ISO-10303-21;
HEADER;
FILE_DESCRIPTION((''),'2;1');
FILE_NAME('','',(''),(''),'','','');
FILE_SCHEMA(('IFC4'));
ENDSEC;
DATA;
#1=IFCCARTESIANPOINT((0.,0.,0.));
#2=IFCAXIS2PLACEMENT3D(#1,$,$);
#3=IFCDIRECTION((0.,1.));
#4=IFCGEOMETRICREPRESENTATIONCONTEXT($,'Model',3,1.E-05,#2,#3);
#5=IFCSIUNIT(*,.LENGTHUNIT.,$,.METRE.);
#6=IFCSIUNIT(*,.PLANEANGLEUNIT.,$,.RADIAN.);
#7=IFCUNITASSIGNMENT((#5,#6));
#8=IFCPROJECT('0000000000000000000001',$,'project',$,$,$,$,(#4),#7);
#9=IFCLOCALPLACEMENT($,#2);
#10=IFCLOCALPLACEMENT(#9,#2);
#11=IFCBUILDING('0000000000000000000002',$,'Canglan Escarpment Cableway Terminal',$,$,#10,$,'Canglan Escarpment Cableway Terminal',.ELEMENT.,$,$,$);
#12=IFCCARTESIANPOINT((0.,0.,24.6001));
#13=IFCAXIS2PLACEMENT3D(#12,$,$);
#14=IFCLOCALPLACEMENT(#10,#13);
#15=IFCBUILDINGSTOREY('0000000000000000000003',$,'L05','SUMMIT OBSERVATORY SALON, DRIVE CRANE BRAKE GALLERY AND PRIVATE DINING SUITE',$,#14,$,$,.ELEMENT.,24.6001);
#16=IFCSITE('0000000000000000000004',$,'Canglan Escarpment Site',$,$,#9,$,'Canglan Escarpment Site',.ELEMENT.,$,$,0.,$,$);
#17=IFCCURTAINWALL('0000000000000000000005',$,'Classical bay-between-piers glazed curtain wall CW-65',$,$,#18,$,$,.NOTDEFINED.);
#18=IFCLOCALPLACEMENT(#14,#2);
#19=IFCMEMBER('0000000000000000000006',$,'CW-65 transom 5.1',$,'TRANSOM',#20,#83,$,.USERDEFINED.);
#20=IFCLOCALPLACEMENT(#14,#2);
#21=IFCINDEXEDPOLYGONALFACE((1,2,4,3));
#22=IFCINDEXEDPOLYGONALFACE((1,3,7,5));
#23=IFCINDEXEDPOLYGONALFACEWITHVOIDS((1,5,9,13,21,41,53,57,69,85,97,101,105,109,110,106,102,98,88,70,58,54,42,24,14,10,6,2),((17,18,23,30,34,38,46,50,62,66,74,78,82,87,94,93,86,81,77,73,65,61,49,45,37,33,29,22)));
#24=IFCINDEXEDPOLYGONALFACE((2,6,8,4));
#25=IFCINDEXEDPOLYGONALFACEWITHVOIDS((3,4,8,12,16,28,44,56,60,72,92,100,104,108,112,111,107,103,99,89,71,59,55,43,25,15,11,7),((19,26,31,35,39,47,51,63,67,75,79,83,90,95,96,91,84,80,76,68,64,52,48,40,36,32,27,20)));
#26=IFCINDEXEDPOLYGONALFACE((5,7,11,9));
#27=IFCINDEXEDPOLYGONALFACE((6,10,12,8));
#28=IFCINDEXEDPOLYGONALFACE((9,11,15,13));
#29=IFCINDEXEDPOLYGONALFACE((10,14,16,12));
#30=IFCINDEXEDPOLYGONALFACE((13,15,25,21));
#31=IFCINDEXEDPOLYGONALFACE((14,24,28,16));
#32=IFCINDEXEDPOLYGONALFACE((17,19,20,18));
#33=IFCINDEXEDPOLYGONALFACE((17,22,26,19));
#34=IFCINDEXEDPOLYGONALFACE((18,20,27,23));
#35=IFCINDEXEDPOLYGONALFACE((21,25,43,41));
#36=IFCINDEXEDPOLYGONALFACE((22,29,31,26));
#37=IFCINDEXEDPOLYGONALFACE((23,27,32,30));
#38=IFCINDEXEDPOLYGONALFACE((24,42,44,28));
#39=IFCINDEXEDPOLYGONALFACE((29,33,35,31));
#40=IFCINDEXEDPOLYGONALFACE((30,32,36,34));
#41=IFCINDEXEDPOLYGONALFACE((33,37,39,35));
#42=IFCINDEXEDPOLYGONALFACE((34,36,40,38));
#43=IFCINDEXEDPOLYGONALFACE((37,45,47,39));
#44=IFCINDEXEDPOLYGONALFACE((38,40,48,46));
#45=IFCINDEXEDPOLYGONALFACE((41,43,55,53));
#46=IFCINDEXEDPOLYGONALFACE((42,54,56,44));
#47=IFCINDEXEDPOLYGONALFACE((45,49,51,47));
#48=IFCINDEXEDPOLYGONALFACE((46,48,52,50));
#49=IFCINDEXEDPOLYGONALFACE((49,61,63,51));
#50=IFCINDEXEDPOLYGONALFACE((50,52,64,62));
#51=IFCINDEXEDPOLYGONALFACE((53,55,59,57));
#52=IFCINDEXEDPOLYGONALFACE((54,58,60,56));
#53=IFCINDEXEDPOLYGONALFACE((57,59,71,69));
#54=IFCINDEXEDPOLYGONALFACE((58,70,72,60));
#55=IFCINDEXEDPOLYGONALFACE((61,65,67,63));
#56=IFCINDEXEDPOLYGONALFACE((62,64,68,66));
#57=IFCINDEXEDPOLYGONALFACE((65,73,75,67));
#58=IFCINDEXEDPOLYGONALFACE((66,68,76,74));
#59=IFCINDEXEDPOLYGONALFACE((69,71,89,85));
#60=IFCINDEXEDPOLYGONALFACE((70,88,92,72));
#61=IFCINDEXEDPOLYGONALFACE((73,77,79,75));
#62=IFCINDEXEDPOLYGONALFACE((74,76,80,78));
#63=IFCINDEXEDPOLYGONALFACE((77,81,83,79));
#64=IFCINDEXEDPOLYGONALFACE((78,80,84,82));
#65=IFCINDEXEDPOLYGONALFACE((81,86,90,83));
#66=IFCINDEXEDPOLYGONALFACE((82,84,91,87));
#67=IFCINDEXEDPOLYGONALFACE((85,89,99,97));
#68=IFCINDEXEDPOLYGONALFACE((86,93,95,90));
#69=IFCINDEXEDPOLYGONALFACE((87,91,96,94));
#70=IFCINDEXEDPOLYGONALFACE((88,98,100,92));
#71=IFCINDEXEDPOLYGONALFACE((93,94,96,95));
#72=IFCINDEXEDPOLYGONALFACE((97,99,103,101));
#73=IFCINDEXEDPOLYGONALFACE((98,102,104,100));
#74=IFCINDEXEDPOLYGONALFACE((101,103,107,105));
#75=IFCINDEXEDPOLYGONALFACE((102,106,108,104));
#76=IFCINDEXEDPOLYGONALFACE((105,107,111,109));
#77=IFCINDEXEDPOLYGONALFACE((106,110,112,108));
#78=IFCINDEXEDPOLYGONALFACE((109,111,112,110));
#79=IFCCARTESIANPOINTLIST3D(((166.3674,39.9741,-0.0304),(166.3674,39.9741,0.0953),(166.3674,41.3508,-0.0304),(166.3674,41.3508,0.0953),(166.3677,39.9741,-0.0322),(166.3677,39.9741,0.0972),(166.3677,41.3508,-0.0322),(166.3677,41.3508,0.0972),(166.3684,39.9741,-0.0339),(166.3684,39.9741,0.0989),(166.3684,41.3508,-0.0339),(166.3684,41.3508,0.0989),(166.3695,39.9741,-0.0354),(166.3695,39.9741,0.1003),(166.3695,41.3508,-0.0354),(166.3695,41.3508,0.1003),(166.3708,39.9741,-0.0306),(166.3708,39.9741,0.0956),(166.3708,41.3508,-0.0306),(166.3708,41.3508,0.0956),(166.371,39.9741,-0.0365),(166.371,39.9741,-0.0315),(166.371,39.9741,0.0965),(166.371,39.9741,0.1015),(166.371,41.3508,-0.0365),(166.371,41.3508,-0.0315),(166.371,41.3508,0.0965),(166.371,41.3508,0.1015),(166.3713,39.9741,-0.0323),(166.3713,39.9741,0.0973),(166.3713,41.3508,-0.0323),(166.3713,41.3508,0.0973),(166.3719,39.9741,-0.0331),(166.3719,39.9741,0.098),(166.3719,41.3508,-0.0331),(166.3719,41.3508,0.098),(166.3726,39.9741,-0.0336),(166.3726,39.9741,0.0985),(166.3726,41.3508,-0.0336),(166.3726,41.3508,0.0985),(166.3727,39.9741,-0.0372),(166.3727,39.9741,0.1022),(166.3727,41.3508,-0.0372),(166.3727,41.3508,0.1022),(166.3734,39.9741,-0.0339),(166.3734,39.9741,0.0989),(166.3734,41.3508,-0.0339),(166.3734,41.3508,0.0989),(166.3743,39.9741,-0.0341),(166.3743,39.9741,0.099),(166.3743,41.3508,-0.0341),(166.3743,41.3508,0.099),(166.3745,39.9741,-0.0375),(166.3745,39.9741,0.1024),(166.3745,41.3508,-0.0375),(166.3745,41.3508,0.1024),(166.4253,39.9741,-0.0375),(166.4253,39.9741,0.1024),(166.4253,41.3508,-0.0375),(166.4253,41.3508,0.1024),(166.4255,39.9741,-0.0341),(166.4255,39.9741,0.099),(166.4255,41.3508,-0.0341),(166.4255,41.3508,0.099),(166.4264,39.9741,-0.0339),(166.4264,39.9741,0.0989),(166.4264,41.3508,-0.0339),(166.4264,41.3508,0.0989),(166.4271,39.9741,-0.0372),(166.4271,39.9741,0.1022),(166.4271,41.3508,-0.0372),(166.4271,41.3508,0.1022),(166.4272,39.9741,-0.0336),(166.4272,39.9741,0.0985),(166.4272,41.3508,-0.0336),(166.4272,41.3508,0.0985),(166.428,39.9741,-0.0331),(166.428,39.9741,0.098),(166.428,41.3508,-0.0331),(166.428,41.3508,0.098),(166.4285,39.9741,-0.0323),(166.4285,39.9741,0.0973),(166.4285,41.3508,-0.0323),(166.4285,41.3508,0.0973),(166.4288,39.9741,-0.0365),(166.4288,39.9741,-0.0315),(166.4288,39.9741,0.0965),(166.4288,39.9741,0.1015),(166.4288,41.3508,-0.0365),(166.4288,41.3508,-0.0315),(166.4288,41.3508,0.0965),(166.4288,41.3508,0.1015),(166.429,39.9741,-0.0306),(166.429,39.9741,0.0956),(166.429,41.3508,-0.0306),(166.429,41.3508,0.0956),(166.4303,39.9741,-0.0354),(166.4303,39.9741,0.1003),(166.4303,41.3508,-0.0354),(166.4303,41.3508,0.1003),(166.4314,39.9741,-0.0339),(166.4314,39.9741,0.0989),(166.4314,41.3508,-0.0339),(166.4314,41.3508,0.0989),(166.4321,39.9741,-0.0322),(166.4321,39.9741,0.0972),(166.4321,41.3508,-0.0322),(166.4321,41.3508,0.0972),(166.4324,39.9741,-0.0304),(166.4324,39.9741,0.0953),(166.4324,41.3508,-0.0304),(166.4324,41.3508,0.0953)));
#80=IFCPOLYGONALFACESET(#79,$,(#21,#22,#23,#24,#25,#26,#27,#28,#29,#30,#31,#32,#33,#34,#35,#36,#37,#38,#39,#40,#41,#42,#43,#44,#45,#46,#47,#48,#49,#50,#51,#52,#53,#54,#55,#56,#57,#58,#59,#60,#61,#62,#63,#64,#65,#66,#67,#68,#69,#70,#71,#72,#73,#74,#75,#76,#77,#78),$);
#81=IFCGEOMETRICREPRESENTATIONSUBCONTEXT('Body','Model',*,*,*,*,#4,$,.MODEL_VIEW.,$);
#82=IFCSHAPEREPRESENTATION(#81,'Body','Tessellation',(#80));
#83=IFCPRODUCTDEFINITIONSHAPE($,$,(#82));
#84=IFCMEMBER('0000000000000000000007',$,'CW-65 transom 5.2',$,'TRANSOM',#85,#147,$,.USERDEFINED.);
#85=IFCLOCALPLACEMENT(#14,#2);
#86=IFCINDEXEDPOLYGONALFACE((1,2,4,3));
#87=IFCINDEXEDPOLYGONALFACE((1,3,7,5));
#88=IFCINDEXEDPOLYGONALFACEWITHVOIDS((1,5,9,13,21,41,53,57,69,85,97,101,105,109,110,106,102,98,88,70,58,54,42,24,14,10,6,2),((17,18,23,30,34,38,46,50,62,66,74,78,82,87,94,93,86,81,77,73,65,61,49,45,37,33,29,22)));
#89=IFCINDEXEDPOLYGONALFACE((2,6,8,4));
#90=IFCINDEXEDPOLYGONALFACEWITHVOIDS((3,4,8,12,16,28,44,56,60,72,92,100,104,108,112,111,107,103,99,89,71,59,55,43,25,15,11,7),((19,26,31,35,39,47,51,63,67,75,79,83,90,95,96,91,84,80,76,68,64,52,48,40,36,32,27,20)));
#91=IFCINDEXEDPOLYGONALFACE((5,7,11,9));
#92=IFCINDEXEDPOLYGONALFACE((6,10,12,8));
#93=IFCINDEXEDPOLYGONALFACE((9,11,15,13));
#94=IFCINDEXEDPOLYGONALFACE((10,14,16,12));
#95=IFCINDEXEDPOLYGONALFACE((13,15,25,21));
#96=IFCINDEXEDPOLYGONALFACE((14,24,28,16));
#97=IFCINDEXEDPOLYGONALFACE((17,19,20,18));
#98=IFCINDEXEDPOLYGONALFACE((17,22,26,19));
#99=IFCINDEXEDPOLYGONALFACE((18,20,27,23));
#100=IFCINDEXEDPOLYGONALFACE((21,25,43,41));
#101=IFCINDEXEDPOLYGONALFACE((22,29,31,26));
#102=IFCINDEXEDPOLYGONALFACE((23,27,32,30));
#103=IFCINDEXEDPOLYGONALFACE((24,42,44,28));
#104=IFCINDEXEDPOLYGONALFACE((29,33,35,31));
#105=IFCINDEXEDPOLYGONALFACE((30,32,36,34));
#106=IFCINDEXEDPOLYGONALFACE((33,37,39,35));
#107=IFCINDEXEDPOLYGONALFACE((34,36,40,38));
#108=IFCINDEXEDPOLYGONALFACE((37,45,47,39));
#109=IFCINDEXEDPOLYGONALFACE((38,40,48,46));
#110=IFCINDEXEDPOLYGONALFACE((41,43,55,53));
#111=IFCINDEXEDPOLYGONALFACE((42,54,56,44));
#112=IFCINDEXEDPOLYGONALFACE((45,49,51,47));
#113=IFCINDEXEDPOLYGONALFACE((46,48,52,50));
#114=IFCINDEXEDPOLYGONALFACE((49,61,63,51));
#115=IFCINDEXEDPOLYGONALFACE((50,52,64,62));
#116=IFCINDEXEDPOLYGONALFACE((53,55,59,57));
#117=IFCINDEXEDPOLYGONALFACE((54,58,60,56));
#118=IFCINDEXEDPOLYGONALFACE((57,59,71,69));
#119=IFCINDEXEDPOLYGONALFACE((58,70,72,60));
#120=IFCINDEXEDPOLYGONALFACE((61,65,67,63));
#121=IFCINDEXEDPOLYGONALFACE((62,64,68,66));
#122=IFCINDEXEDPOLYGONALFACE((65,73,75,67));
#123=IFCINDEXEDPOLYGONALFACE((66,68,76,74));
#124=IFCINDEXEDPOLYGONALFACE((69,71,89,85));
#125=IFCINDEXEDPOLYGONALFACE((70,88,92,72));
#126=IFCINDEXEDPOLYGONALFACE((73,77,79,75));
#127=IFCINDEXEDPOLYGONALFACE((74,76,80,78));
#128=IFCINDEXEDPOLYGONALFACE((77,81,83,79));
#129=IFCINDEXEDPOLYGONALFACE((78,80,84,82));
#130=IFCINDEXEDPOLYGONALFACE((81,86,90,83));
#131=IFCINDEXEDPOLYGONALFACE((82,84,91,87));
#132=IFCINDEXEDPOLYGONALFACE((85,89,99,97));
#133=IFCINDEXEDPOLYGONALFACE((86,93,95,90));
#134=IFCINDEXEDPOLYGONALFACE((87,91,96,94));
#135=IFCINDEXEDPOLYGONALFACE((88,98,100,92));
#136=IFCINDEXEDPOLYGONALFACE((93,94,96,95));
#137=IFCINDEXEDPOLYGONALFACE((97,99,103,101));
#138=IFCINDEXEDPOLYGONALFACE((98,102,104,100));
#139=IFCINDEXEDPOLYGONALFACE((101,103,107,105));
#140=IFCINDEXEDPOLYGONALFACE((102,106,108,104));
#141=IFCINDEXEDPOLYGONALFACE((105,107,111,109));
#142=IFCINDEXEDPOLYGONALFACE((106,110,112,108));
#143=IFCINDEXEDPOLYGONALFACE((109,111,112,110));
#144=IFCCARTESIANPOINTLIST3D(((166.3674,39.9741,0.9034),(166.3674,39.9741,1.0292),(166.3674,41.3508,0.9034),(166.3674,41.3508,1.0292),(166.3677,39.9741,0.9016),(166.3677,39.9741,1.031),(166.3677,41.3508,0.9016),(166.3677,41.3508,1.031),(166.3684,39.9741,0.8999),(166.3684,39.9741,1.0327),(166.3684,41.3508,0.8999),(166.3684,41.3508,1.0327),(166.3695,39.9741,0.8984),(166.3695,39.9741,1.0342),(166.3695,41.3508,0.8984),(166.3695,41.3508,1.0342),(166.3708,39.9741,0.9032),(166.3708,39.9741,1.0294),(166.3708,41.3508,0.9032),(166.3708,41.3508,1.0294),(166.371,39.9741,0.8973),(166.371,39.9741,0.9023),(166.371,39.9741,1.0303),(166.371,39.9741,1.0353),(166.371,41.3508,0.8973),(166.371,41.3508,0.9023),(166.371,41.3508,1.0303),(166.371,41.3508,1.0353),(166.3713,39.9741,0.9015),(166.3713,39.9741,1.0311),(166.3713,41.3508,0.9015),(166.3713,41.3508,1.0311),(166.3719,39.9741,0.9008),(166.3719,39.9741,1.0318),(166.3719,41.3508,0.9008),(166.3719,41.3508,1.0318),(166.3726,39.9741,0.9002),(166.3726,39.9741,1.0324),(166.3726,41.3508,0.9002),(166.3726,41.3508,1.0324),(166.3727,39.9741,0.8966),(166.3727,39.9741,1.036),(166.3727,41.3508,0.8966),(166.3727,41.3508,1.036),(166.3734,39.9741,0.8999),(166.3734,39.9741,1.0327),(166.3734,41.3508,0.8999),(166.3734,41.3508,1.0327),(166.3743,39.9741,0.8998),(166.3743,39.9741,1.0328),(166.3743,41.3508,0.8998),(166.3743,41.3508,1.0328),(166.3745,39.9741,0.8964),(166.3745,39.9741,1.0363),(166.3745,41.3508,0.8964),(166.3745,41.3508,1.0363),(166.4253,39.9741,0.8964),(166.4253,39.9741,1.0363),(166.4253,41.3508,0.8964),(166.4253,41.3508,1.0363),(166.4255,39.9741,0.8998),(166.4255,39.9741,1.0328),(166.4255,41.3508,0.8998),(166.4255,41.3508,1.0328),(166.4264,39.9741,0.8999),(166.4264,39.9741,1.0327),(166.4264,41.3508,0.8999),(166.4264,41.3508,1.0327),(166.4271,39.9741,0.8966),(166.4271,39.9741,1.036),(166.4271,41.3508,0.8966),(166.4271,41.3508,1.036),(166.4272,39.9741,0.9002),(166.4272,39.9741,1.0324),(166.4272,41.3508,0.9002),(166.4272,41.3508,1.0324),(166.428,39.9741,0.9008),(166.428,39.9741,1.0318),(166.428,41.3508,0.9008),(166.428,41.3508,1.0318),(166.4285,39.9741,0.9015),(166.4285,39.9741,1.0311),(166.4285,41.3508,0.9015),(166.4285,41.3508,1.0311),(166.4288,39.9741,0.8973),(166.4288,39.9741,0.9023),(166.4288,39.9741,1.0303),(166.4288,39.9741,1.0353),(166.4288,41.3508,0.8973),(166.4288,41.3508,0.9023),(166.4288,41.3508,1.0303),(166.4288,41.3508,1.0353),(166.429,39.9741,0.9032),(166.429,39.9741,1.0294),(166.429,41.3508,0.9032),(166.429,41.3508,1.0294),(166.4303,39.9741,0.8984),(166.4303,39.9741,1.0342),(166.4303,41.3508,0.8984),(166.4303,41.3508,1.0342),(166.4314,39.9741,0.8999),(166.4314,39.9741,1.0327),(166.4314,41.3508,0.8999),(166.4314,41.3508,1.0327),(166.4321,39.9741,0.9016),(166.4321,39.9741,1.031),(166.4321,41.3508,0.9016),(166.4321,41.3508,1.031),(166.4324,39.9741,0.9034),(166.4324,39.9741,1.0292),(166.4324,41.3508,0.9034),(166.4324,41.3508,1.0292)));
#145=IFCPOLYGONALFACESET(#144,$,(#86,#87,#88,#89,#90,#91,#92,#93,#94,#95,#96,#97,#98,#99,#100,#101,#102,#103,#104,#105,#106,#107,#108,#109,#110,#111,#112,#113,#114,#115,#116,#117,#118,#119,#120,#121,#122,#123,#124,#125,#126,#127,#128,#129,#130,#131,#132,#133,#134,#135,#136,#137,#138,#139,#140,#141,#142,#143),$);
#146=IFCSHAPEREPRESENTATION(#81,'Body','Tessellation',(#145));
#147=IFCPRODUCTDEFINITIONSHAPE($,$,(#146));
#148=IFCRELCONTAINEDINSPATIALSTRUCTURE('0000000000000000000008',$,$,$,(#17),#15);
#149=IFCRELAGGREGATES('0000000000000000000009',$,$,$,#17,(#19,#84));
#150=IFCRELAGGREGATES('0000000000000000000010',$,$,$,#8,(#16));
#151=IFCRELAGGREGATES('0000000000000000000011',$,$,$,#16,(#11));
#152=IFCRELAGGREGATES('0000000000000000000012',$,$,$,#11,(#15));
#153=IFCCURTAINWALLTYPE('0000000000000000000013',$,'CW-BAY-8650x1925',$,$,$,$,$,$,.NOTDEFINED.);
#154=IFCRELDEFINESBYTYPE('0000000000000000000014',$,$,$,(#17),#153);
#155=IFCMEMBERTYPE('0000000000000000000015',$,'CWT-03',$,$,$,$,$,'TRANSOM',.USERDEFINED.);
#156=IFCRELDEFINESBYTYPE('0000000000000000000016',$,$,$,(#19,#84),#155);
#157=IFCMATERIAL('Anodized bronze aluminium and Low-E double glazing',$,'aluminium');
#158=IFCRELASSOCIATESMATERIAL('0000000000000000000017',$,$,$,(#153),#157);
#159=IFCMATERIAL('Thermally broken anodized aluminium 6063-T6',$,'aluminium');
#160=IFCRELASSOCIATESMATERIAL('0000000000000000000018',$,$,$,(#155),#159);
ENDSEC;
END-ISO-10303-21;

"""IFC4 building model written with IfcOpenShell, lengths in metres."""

from ifc_helpers import new_model, si_unit, direction, frame, origin, origin_2d, place, context, subcontext, project, spatial, hollow_rectangle, extrude, material, material_profile, profile_set, type_object, element, aggregate, save


model = new_model("IFC4")

# Units and contexts
model_context = context("Model", 3, precision=1e-05, world=origin(), true_north=direction((0.0, 1.0)))
body_context = subcontext(model_context, "Body", "Model", "MODEL_VIEW")
ifc_project = project(units=[si_unit("LENGTHUNIT", "METRE"), si_unit("PLANEANGLEUNIT", "RADIAN")], contexts=[model_context])

# Site, building, storey
site_placement = place(None, origin())
site = spatial("IfcSite", under=ifc_project, at=site_placement, Name="Canglan Escarpment Site", LongName="Canglan Escarpment Site", CompositionType="ELEMENT", RefElevation=0.0)
building_placement = place(site_placement, origin())
building = spatial("IfcBuilding", under=site, at=building_placement, Name="Canglan Escarpment Cableway Terminal", LongName="Canglan Escarpment Cableway Terminal", CompositionType="ELEMENT")
storey_placement = place(building_placement, frame((0.0, 0.0, 24.6001)))
storey = spatial("IfcBuildingStorey", under=building, at=storey_placement, Name="L05", Description="SUMMIT OBSERVATORY SALON, DRIVE CRANE BRAKE GALLERY AND PRIVATE DINING SUITE", CompositionType="ELEMENT", Elevation=24.6001)

# Curtain wall, members
ifc_material_1 = material(Name="Anodized bronze aluminium and Low-E double glazing", Category="aluminium")
curtain_wall_type = type_object("IfcCurtainWallType", Name="CW-BAY-8650x1925", PredefinedType="NOTDEFINED", material=ifc_material_1)
curtain_wall_placement = place(storey_placement, origin())
curtain_wall = element("IfcCurtainWall", 1, at=curtain_wall_placement, inside=storey, type_object=curtain_wall_type, Name="Classical bay-between-piers glazed curtain wall CW-65", PredefinedType="NOTDEFINED")
ifc_material_2 = material(Name="Thermally broken anodized aluminium 6063-T6", Category="aluminium")
ifc_material_profile_1 = material_profile(ifc_material_2, hollow_rectangle(XDim=0.0649, YDim=0.1399, WallThickness=0.0034, InnerFilletRadius=0.0034, OuterFilletRadius=0.0071, at=origin_2d()), Name="ALU-TRAN 65x140x3.5")
ifc_profile_set_1 = profile_set([ifc_material_profile_1], Name="Thermally broken anodized aluminium 6063-T6")
member_type_1 = type_object("IfcMemberType", Name="CWT-03", ElementType="TRANSOM", PredefinedType="USERDEFINED", material=ifc_profile_set_1)
member_1_placement = place(storey_placement, frame((166.3999, 39.9741, 0.0325), z_axis=(0.0, 1.0, 0.0), x_axis=(-1.0, 0.0, 0.0)))
member_1 = element("IfcMember", 2, at=member_1_placement, type_object=member_type_1, Name="CW-65 transom 5.1", ObjectType="TRANSOM", PredefinedType="USERDEFINED", context=body_context, shape_type="SweptSolid", body=[
    extrude(hollow_rectangle(XDim=0.0649, YDim=0.1399, WallThickness=0.0034, InnerFilletRadius=0.0034, OuterFilletRadius=0.0071, at=origin_2d()), origin(), (0.0, 0.0, 1.0), 1.3767),
])
member_2_placement = place(storey_placement, frame((166.3999, 39.9741, 0.9663), z_axis=(0.0, 1.0, 0.0), x_axis=(-1.0, 0.0, 0.0)))
member_2 = element("IfcMember", 3, at=member_2_placement, type_object=member_type_1, Name="CW-65 transom 5.2", ObjectType="TRANSOM", PredefinedType="USERDEFINED", context=body_context, shape_type="SweptSolid", body=[
    extrude(hollow_rectangle(XDim=0.0649, YDim=0.1399, WallThickness=0.0034, InnerFilletRadius=0.0034, OuterFilletRadius=0.0071, at=origin_2d()), origin(), (0.0, 0.0, 1.0), 1.3767),
])
aggregate(curtain_wall, [member_1, member_2])

save(model, "model.ifc")
